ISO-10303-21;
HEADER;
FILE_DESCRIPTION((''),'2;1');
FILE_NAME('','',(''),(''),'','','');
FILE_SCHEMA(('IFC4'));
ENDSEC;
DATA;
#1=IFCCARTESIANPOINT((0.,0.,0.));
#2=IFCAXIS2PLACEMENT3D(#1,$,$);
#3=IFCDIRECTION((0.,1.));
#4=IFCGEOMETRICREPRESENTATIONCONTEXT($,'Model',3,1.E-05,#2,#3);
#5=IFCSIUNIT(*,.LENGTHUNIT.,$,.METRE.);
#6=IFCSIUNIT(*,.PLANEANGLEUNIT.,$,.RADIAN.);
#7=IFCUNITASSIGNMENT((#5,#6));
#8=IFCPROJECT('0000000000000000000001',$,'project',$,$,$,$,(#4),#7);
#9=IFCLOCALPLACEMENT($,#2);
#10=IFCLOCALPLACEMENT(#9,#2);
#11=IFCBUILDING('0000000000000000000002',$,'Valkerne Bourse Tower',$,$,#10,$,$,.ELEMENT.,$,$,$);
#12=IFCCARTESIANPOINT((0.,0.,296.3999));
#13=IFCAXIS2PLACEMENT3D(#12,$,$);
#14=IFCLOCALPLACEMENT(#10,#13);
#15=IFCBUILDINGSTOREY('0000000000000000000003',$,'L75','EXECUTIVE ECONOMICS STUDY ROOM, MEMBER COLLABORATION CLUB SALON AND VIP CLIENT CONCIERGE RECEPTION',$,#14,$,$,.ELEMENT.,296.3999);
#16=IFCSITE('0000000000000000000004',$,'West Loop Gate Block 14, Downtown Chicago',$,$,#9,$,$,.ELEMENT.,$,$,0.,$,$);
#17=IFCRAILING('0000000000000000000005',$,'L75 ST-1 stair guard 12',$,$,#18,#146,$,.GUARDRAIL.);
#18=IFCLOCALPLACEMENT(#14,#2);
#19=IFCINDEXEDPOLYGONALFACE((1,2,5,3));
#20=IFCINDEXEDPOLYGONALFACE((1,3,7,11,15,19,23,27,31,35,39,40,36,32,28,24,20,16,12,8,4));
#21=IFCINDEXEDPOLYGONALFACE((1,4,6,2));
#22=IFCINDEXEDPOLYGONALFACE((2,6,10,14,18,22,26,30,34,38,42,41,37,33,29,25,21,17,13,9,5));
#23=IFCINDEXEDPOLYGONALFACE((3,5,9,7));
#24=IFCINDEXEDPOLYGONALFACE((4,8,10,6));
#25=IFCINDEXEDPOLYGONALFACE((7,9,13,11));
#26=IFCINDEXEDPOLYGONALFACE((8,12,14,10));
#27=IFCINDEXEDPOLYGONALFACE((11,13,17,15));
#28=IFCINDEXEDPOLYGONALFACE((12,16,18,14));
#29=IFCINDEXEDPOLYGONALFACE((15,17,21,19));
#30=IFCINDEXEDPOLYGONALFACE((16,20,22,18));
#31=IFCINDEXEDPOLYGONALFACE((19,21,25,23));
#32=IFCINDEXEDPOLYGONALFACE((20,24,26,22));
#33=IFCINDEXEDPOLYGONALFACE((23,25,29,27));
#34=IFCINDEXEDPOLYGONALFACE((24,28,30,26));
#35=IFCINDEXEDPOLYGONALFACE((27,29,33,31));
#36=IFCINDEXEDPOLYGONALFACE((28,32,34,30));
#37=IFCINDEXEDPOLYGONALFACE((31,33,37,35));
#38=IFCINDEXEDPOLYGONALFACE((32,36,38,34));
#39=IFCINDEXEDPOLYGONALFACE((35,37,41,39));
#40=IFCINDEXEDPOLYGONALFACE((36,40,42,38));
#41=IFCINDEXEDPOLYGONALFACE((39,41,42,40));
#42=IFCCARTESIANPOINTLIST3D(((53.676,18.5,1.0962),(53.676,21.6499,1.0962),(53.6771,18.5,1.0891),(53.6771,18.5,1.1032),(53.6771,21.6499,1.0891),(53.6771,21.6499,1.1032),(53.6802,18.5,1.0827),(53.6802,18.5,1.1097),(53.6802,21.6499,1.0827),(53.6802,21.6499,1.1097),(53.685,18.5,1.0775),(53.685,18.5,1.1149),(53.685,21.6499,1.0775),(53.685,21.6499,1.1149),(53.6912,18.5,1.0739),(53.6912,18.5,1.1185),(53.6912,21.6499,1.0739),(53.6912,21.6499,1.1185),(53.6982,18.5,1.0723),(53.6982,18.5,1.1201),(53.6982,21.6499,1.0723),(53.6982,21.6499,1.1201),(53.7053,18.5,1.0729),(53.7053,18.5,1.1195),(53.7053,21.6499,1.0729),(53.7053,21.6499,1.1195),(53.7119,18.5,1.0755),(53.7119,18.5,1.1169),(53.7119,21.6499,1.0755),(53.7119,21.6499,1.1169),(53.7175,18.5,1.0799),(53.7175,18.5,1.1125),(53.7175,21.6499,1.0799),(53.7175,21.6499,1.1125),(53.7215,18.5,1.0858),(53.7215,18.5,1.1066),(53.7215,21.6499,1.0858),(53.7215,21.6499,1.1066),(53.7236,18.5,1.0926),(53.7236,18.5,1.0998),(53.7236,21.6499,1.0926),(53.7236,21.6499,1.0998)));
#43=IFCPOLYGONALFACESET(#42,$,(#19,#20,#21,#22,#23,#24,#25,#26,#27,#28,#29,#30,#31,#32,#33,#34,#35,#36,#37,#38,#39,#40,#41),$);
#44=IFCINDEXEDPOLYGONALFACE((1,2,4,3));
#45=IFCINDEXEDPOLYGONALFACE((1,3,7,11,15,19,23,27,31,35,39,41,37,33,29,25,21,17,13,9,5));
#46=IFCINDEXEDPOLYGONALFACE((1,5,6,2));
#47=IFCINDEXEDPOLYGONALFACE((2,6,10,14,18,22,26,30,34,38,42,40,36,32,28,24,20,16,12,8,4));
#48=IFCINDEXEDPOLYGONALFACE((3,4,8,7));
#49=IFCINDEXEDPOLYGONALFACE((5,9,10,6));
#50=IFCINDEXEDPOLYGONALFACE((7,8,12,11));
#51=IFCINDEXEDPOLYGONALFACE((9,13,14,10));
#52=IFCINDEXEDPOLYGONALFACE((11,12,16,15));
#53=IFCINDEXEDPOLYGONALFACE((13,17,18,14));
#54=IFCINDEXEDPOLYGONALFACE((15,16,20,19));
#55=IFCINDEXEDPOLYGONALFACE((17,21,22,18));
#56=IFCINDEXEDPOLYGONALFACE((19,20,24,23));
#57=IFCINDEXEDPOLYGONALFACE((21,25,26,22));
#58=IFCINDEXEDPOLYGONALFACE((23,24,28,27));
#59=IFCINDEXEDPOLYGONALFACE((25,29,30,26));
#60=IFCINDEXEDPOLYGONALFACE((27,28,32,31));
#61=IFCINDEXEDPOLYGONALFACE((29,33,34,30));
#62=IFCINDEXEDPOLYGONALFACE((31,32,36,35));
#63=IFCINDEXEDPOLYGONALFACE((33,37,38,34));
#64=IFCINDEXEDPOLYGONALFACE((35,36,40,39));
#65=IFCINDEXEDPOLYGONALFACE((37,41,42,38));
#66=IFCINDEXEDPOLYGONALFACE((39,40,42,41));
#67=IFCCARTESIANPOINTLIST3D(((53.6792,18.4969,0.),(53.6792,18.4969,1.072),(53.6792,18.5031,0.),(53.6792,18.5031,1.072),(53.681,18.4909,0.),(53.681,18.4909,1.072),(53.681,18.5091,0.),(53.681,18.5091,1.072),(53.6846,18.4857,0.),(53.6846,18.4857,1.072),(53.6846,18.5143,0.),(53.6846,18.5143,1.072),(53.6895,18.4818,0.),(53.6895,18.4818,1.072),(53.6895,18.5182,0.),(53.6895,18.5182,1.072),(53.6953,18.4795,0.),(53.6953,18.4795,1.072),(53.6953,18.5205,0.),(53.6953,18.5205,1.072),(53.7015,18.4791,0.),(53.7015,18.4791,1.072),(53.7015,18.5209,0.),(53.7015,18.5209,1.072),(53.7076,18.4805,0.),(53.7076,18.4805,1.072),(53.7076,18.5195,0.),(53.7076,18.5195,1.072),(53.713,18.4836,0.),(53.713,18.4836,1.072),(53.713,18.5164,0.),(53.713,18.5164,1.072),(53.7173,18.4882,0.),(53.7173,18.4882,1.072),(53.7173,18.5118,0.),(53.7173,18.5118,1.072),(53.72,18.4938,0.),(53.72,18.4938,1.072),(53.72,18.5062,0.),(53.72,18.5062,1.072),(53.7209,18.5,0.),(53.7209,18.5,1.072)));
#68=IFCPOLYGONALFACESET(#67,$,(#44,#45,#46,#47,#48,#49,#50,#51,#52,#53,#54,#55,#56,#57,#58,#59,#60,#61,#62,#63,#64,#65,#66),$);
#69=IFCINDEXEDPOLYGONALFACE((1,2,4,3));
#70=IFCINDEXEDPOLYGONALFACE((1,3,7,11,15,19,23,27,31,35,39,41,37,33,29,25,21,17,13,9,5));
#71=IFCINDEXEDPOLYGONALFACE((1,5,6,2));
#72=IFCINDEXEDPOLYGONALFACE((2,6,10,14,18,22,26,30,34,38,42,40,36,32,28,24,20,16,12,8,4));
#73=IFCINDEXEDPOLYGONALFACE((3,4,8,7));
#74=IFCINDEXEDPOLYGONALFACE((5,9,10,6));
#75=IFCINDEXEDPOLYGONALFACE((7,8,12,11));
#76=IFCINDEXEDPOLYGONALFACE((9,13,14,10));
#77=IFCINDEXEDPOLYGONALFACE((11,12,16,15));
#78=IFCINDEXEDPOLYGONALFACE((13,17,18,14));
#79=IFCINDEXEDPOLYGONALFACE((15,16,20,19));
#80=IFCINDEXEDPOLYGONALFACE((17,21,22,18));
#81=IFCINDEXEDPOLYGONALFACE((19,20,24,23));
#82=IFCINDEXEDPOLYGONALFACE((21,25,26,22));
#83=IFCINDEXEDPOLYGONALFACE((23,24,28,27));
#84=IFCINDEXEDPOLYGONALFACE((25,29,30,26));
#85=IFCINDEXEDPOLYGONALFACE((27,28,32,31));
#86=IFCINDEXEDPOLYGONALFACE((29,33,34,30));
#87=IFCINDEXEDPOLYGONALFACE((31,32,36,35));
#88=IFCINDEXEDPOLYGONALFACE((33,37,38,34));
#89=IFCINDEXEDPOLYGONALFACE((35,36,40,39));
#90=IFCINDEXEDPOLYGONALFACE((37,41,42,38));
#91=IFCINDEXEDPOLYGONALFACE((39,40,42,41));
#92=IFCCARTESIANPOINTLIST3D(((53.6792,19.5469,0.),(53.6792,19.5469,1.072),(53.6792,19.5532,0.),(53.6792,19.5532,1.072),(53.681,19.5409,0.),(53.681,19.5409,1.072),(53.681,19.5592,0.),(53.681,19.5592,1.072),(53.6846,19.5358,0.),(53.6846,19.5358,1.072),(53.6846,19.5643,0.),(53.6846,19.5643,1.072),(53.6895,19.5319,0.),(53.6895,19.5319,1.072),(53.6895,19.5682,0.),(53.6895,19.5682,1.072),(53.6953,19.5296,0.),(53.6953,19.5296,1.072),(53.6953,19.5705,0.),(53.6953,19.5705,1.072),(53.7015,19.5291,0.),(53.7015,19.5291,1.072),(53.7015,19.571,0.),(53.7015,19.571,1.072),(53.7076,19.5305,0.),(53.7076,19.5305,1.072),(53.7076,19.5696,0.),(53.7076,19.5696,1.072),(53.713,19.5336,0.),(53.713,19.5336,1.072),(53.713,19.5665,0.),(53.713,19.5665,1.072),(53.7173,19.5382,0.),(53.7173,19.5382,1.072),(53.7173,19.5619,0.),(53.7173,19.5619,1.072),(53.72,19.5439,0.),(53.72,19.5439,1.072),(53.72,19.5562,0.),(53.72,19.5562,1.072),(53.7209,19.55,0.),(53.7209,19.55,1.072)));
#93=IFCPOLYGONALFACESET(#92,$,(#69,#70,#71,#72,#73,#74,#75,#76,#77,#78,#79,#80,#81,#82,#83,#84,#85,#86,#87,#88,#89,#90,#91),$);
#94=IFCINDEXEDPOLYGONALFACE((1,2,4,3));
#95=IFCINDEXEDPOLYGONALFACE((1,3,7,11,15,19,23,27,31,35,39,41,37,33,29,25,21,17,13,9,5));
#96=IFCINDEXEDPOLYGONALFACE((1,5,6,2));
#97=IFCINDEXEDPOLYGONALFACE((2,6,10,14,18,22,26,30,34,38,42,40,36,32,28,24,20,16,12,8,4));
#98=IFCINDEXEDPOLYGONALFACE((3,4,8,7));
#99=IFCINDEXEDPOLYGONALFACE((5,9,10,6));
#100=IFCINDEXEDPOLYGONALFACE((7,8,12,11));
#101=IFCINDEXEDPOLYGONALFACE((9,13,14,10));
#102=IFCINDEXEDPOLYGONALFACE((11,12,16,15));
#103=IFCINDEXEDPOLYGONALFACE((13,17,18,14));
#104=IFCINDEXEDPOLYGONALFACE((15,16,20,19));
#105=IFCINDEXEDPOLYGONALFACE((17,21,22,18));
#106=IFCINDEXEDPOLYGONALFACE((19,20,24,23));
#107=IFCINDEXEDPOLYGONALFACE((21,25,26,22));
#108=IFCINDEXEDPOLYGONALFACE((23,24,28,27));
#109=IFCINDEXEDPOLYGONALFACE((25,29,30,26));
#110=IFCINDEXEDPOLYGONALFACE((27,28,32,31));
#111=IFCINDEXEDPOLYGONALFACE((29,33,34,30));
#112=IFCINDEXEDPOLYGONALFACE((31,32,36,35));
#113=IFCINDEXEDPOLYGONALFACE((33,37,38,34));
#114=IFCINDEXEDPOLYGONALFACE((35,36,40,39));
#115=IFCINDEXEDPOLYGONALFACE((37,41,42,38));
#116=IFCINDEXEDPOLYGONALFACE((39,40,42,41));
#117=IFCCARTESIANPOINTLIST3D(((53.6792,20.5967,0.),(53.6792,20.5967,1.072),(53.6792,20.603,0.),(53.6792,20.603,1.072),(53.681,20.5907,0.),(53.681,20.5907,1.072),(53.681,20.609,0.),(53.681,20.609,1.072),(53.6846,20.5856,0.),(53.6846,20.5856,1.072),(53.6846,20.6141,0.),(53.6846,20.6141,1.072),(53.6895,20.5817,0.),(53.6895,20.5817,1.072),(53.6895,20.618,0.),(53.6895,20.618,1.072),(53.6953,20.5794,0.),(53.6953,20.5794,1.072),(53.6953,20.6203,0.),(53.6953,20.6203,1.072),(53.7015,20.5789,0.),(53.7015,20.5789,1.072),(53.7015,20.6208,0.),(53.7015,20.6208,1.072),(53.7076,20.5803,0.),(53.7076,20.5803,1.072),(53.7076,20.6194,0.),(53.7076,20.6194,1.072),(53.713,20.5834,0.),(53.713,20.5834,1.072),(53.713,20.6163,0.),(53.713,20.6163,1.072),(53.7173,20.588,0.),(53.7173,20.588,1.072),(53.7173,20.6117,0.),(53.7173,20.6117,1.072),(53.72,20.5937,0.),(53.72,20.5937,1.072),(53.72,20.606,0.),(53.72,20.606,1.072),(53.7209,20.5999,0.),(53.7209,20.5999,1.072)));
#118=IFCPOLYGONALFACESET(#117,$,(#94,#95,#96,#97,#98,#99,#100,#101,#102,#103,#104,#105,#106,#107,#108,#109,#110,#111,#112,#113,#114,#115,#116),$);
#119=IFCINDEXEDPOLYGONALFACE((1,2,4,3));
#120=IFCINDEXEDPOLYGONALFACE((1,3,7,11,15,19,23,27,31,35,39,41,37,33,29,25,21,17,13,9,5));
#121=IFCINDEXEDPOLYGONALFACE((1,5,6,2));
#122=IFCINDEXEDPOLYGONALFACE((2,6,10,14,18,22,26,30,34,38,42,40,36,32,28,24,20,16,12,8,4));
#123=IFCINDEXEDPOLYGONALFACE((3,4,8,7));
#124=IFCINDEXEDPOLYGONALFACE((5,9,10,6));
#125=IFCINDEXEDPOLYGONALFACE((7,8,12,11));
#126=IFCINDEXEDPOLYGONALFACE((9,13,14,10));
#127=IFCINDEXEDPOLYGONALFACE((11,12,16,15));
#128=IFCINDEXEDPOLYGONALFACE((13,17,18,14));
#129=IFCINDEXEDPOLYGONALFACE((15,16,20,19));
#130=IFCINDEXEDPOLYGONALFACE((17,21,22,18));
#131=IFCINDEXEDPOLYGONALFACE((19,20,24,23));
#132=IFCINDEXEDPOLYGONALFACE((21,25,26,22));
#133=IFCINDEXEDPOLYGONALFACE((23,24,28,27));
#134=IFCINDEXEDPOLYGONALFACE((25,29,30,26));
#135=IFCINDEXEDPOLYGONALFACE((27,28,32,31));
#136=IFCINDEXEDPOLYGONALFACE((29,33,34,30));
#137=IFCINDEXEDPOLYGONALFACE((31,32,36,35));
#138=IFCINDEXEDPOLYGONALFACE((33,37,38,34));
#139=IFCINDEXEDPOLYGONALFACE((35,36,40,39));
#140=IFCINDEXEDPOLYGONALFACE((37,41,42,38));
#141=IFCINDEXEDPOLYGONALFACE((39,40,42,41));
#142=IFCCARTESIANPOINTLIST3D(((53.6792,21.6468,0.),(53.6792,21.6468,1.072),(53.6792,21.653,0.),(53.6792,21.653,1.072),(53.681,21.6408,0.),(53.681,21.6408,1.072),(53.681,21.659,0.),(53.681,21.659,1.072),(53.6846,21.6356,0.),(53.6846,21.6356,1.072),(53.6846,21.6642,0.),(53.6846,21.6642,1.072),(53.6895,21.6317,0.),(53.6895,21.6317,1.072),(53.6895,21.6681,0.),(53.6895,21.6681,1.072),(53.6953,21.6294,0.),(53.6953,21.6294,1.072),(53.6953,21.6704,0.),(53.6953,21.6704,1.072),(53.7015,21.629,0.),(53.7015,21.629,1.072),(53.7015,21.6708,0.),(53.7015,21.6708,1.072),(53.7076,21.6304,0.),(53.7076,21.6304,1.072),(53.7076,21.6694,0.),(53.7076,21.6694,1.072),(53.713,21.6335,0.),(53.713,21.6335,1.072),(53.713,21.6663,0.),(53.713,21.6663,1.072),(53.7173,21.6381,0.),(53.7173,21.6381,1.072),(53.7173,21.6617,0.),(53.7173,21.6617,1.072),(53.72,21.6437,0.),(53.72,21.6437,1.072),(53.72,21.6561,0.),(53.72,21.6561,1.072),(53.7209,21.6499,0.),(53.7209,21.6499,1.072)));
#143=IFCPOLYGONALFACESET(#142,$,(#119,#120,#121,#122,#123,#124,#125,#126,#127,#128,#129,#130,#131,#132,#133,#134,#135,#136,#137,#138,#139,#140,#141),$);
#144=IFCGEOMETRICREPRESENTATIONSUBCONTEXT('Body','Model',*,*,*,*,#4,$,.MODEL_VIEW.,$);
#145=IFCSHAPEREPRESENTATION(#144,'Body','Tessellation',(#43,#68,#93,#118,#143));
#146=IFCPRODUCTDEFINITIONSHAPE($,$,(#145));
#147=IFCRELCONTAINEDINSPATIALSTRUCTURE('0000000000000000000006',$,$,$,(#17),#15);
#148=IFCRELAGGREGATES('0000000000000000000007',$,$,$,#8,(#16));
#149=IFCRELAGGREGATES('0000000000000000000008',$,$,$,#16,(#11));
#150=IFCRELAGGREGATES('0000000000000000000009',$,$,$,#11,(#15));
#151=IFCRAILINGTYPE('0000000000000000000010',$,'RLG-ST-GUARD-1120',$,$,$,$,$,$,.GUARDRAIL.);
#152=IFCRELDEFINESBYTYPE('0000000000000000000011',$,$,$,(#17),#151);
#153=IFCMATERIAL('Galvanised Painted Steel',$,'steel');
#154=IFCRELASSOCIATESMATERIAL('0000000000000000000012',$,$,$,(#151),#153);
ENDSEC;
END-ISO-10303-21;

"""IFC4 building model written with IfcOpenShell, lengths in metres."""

from ifc_helpers import new_model, si_unit, direction, frame, origin, origin_2d, place, context, subcontext, project, spatial, circle, extrude, material, type_object, element, save


model = new_model("IFC4")

# Units and contexts
model_context = context("Model", 3, precision=1e-05, world=origin(), true_north=direction((0.0, 1.0)))
body_context = subcontext(model_context, "Body", "Model", "MODEL_VIEW")
ifc_project = project(units=[si_unit("LENGTHUNIT", "METRE"), si_unit("PLANEANGLEUNIT", "RADIAN")], contexts=[model_context])

# Site, building, storey
site_placement = place(None, origin())
site = spatial("IfcSite", under=ifc_project, at=site_placement, Name="West Loop Gate Block 14, Downtown Chicago", CompositionType="ELEMENT", RefElevation=0.0)
building_placement = place(site_placement, origin())
building = spatial("IfcBuilding", under=site, at=building_placement, Name="Valkerne Bourse Tower", CompositionType="ELEMENT")
storey_placement = place(building_placement, frame((0.0, 0.0, 296.3999)))
storey = spatial("IfcBuildingStorey", under=building, at=storey_placement, Name="L75", Description="EXECUTIVE ECONOMICS STUDY ROOM, MEMBER COLLABORATION CLUB SALON AND VIP CLIENT CONCIERGE RECEPTION", CompositionType="ELEMENT", Elevation=296.3999)

# Railing
ifc_material_1 = material(Name="Galvanised Painted Steel", Category="steel")
railing_type = type_object("IfcRailingType", Name="RLG-ST-GUARD-1120", PredefinedType="GUARDRAIL", material=ifc_material_1)
railing_1_placement = place(storey_placement, frame((53.7, 18.5, 0.0)))
element("IfcRailing", 1, at=railing_1_placement, inside=storey, type_object=railing_type, Name="L75 ST-1 stair guard 12", PredefinedType="GUARDRAIL", context=body_context, shape_type="SweptSolid", body=[
    extrude(circle(Radius=0.0239, at=origin_2d()), frame((0.0, 0.0, 1.0962), z_axis=(0.0, 1.0, 0.0), x_axis=(-1.0, 0.0, 0.0)), (0.0, 0.0, 1.0), 3.1499),
    extrude(circle(Radius=0.021, at=origin_2d()), origin(), (0.0, 0.0, 1.0), 1.072),
    extrude(circle(Radius=0.021, at=origin_2d()), frame((0.0, 1.05, 0.0)), (0.0, 0.0, 1.0), 1.072),
    extrude(circle(Radius=0.021, at=origin_2d()), frame((0.0, 2.0999, 0.0)), (0.0, 0.0, 1.0), 1.072),
    extrude(circle(Radius=0.021, at=origin_2d()), frame((0.0, 3.1499, 0.0)), (0.0, 0.0, 1.0), 1.072),
])

save(model, "model.ifc")
